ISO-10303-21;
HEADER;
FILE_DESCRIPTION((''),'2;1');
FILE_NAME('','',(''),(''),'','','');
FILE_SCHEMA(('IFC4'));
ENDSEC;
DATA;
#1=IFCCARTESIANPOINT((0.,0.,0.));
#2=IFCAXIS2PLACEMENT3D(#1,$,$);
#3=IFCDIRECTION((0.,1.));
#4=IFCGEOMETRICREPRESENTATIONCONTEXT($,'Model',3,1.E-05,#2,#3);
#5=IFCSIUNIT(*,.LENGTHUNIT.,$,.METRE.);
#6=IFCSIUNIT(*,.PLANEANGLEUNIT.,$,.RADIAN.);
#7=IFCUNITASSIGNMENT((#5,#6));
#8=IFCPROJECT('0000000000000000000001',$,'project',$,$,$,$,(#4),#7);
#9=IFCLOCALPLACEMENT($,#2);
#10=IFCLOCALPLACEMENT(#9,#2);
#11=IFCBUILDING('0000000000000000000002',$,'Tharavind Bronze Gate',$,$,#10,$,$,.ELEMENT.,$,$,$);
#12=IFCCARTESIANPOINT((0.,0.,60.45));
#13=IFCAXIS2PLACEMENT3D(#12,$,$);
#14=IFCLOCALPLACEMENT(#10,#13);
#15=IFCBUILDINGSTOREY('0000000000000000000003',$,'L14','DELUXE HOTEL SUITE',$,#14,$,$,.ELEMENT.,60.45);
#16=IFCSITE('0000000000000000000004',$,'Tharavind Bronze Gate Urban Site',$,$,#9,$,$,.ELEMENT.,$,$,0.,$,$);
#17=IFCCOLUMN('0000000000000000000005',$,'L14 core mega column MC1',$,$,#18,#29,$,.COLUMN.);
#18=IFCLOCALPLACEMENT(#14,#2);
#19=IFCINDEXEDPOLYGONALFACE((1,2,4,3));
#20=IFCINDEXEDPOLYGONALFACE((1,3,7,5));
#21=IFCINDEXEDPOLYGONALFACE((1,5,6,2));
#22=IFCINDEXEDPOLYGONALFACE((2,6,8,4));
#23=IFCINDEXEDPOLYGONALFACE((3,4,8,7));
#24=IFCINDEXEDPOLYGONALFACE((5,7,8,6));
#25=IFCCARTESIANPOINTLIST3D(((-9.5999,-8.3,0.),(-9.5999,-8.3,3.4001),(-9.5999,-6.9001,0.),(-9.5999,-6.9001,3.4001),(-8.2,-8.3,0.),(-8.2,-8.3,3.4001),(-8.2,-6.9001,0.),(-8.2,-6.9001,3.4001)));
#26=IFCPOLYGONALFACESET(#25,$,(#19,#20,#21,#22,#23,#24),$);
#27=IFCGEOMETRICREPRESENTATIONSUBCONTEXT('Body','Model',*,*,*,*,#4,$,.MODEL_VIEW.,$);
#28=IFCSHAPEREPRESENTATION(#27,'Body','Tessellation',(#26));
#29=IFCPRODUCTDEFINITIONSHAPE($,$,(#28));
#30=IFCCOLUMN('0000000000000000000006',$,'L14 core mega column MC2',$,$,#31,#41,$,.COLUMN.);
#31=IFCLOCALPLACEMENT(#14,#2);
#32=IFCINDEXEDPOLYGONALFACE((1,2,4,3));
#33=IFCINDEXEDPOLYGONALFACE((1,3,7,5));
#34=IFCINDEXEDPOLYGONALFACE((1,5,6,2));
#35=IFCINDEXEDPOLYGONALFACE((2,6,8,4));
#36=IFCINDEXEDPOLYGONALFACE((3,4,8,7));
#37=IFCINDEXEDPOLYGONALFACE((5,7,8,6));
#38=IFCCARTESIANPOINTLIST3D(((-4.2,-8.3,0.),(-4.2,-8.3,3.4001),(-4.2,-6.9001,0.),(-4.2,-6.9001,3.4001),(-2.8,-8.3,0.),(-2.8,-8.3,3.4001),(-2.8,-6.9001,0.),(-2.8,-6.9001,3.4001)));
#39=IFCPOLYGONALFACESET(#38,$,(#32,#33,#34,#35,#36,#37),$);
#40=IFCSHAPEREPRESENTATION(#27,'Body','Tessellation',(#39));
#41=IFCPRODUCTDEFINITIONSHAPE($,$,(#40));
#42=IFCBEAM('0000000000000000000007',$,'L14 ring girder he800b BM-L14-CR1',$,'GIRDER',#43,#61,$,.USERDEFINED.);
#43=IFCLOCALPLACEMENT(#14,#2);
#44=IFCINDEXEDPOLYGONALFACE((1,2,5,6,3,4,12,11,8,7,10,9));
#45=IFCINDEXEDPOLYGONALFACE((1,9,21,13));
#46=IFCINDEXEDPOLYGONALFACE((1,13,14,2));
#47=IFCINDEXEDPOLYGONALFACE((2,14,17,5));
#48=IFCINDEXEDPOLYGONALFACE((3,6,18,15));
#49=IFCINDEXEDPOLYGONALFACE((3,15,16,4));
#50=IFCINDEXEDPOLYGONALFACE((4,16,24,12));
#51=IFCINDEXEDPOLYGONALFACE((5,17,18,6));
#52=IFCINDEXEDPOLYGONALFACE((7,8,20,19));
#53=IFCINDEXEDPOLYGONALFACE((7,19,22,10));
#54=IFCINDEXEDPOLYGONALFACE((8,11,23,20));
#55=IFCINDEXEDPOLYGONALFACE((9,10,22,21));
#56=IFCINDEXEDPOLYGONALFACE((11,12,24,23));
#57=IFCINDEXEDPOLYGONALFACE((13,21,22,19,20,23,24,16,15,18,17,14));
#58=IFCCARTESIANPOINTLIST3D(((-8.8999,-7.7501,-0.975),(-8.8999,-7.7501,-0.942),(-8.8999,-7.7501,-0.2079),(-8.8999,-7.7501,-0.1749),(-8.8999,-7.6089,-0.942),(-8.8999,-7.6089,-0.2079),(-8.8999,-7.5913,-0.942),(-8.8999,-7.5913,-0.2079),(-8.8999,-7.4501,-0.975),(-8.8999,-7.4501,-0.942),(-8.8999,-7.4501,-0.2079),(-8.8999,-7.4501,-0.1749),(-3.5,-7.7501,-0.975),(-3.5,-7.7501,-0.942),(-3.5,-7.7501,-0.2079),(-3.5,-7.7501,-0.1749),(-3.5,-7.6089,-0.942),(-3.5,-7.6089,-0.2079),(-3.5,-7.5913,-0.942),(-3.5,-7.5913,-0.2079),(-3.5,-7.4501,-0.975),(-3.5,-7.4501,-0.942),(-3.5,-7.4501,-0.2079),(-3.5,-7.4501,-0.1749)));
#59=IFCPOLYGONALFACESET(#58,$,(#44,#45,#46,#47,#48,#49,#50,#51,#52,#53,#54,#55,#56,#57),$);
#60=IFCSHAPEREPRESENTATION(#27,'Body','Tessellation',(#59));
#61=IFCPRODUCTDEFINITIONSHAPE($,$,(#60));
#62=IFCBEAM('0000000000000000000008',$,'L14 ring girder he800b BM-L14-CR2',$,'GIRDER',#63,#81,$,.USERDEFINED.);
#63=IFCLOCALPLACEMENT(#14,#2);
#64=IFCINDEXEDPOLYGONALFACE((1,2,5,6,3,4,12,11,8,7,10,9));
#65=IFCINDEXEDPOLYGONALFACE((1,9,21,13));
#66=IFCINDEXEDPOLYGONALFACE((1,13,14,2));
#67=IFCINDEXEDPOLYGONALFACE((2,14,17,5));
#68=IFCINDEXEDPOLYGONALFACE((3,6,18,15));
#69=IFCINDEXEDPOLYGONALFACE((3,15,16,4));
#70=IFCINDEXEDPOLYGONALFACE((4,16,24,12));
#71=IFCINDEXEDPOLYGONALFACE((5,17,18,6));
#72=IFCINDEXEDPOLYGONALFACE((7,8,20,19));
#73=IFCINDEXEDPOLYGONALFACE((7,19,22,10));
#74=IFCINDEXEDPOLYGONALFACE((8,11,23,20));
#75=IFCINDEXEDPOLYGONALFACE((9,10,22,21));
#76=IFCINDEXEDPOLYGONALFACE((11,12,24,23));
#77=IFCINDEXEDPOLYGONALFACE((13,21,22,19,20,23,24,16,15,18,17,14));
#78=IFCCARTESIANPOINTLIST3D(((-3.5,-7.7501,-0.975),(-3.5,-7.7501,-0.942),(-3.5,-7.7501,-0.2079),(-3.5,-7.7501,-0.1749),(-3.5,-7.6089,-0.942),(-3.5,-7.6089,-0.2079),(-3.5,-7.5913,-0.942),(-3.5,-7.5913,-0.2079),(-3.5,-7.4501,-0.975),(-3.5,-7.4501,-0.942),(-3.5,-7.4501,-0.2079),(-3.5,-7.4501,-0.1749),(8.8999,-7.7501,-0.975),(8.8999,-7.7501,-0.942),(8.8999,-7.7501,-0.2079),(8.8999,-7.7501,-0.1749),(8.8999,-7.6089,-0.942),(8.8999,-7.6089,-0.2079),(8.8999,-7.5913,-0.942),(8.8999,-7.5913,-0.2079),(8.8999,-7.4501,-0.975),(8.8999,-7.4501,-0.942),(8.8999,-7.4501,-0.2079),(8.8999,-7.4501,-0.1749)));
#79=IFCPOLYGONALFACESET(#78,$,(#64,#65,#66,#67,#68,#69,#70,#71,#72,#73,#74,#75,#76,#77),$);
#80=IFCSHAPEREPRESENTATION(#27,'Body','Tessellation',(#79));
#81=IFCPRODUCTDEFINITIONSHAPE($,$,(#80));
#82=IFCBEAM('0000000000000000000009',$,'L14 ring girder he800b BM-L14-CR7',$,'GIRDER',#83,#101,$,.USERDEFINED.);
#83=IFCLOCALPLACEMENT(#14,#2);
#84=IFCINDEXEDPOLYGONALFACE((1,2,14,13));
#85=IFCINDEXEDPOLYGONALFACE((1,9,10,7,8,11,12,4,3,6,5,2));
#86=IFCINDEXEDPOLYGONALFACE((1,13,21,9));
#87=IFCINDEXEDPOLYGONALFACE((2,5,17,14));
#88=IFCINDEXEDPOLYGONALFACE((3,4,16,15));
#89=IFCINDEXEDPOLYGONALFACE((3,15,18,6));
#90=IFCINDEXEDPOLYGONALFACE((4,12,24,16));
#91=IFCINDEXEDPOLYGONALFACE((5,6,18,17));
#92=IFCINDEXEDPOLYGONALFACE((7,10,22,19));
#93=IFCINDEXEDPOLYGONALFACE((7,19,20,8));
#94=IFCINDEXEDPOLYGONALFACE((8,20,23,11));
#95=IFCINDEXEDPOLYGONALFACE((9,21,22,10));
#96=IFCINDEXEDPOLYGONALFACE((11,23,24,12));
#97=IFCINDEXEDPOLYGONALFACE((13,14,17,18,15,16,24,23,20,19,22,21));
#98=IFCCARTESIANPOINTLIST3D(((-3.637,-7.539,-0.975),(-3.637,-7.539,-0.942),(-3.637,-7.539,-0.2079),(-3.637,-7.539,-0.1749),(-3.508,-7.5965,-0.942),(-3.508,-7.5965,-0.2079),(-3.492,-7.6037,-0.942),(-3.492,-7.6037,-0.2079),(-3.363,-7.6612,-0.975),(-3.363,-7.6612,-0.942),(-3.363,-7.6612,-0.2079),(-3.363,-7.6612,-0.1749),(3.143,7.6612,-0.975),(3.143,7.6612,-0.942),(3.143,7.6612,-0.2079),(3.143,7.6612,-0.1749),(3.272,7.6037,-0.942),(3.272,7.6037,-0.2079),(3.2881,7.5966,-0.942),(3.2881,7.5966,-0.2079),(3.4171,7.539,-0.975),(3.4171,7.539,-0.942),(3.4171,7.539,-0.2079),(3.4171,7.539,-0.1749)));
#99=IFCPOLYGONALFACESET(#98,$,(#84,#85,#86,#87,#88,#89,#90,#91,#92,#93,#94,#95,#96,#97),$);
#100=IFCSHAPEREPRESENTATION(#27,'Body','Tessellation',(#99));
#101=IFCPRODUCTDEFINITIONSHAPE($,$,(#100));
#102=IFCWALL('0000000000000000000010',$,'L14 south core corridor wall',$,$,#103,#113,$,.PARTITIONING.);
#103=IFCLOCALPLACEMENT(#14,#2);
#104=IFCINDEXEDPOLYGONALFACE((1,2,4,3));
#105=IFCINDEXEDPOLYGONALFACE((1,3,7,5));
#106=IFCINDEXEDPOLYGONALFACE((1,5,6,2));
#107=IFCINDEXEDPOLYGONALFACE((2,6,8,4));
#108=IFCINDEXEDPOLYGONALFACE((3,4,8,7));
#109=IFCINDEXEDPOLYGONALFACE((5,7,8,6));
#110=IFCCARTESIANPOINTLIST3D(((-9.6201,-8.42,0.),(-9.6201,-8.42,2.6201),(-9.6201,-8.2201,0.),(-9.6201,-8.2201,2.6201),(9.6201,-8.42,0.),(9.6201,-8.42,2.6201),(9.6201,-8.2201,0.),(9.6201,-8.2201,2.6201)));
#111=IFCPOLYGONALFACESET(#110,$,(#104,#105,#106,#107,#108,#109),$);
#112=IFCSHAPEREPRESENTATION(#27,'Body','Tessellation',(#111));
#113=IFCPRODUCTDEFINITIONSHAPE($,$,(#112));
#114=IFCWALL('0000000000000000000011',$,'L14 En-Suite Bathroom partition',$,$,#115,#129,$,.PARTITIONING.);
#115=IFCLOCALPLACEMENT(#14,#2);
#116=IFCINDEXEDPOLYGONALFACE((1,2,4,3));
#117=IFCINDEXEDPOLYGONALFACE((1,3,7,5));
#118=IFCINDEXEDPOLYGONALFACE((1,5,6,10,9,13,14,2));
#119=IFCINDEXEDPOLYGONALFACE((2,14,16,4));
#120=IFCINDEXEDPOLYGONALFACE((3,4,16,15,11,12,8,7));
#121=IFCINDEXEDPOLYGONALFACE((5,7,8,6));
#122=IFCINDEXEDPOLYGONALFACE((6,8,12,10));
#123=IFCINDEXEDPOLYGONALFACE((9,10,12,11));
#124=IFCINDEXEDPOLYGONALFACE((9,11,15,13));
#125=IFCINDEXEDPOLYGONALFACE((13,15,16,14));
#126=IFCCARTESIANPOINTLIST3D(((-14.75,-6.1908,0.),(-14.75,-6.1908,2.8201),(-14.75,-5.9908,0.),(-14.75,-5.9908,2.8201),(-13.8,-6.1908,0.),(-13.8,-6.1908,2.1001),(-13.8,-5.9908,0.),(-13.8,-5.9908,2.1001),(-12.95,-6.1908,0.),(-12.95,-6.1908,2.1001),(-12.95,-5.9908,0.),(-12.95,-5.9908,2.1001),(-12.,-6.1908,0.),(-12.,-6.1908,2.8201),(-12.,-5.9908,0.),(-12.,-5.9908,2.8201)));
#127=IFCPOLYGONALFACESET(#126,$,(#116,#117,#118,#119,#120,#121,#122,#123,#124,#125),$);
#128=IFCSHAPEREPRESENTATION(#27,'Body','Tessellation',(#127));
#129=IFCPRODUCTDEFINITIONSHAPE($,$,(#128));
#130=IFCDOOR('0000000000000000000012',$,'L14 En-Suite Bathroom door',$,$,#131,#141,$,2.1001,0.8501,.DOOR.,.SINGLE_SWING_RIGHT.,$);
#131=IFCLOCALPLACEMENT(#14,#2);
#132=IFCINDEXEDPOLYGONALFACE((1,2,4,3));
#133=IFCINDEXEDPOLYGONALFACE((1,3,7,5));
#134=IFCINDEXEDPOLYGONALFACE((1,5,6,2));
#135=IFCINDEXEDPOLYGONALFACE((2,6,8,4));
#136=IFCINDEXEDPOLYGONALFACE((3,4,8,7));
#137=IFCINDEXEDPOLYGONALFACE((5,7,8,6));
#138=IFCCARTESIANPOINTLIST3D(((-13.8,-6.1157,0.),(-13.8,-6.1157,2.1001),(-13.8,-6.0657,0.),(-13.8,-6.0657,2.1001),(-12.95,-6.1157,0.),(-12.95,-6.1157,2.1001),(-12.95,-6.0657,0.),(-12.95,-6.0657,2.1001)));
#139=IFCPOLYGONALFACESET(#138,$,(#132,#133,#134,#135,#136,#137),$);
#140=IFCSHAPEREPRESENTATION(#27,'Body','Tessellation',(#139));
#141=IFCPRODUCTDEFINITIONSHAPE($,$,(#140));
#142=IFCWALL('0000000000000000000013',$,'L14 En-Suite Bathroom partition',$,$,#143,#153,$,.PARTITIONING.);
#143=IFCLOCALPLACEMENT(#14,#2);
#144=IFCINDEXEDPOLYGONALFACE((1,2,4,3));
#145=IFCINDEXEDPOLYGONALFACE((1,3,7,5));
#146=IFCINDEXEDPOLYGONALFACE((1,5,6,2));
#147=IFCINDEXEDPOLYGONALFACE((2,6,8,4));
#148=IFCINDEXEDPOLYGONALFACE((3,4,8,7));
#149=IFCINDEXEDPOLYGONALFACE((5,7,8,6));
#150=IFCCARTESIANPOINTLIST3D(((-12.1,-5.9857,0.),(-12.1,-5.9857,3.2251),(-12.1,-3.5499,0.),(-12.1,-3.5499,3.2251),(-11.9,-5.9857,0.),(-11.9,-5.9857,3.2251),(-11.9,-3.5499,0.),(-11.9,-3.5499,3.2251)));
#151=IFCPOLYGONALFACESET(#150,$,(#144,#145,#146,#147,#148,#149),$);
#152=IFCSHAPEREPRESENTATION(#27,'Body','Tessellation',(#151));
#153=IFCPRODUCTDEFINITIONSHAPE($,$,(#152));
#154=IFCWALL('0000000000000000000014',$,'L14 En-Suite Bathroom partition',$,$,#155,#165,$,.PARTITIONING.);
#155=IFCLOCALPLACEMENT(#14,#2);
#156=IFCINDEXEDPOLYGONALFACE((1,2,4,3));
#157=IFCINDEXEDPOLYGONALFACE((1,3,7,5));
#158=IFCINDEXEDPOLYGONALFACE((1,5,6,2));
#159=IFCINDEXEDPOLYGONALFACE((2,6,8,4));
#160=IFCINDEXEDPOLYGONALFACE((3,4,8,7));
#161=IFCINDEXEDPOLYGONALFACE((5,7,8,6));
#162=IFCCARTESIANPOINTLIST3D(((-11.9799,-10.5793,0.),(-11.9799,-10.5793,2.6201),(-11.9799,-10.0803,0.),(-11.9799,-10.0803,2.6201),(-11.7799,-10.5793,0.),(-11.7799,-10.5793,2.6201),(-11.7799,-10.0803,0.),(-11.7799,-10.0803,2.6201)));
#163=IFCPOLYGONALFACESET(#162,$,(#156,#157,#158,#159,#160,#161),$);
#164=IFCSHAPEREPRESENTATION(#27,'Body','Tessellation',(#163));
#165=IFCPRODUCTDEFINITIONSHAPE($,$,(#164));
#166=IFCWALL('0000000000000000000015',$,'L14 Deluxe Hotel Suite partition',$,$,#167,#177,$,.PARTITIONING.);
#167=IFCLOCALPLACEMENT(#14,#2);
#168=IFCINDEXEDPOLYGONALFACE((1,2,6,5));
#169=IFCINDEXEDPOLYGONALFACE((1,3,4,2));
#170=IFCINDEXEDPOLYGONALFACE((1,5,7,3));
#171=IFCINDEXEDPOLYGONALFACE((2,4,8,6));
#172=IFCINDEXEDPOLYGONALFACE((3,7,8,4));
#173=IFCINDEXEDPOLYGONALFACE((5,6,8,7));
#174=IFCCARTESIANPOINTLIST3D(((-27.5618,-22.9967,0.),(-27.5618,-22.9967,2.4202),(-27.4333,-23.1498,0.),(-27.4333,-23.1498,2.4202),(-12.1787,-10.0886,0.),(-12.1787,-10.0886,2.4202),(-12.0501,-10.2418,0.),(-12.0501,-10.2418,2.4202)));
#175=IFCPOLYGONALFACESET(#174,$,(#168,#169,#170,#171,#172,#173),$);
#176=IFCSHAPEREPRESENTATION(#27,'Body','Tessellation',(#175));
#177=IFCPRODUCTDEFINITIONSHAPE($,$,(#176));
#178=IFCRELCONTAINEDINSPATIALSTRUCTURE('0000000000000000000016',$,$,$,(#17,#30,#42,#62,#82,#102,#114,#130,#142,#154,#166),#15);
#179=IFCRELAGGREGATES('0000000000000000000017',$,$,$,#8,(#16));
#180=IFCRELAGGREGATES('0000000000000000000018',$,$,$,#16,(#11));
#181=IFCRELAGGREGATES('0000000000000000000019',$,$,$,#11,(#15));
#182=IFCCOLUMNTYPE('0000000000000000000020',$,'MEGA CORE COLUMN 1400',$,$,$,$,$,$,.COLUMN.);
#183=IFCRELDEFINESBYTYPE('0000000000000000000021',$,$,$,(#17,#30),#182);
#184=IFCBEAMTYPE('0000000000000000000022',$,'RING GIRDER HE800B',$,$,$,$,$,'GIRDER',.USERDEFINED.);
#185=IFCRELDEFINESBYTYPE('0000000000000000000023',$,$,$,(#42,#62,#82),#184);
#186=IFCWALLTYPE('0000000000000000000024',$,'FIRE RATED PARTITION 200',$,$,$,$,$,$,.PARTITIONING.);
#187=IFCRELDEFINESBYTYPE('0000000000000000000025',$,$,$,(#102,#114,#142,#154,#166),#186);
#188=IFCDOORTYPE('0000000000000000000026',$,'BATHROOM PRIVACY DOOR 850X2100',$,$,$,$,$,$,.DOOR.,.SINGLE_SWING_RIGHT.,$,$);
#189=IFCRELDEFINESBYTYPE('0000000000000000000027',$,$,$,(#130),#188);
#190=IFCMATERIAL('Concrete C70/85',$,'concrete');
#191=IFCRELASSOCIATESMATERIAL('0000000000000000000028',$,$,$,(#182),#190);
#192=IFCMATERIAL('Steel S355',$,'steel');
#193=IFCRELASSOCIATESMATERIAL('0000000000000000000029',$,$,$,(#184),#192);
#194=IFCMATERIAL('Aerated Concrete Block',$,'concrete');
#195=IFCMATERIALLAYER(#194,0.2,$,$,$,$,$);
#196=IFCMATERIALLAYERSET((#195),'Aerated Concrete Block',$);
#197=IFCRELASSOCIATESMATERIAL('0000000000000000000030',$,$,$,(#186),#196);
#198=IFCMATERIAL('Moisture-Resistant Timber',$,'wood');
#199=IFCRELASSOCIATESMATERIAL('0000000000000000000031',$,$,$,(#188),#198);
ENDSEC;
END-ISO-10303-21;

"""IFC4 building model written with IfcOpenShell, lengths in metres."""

from ifc_helpers import new_model, si_unit, direction, frame, frame_2d, origin, origin_2d, place, context, subcontext, project, spatial, rectangle, i_section, extrude, material, layer, layer_set, material_profile, profile_set, type_object, element, fill, save


model = new_model("IFC4")

# Units and contexts
model_context = context("Model", 3, precision=1e-05, world=origin(), true_north=direction((0.0, 1.0)))
body_context = subcontext(model_context, "Body", "Model", "MODEL_VIEW")
ifc_project = project(units=[si_unit("LENGTHUNIT", "METRE"), si_unit("PLANEANGLEUNIT", "RADIAN")], contexts=[model_context])

# Site, building, storey
site_placement = place(None, origin())
site = spatial("IfcSite", under=ifc_project, at=site_placement, Name="Tharavind Bronze Gate Urban Site", CompositionType="ELEMENT", RefElevation=0.0)
building_placement = place(site_placement, origin())
building = spatial("IfcBuilding", under=site, at=building_placement, Name="Tharavind Bronze Gate", CompositionType="ELEMENT")
storey_placement = place(building_placement, frame((0.0, 0.0, 60.45)))
storey = spatial("IfcBuildingStorey", under=building, at=storey_placement, Name="L14", Description="DELUXE HOTEL SUITE", CompositionType="ELEMENT", Elevation=60.45)

# Columns
ifc_material_1 = material(Name="Concrete C70/85", Category="concrete")
ifc_material_profile_1 = material_profile(ifc_material_1, rectangle(XDim=1.3999, YDim=1.3999, at=origin_2d()), Name="RCCOL1400")
ifc_profile_set_1 = profile_set([ifc_material_profile_1], Name="Concrete C70/85")
column_type = type_object("IfcColumnType", Name="MEGA CORE COLUMN 1400", PredefinedType="COLUMN", material=ifc_profile_set_1)
for number, where, z_axis, x_axis, name in (
    (1, (-8.8999, -7.6001, 0.0), (0.0, 0.0, 1.0), (1.0, 0.0, 0.0), "L14 core mega column MC1"),
    (2, (-3.5, -7.6001, 0.0), (0.0, 0.0, 1.0), (1.0, 0.0, 0.0), "L14 core mega column MC2"),
):
    element("IfcColumn", number, at=place(storey_placement, frame(where, z_axis=z_axis, x_axis=x_axis)), inside=storey, type_object=column_type, Name=name, PredefinedType="COLUMN", context=body_context, shape_type="SweptSolid", body=[
        extrude(rectangle(XDim=1.3999, YDim=1.3999, at=origin_2d()), origin(), (0.0, 0.0, 1.0), 3.4001),
    ])

# Beams
ifc_material_2 = material(Name="Steel S355", Category="steel")
ifc_material_profile_2 = material_profile(ifc_material_2, i_section(OverallWidth=0.3, OverallDepth=0.8, WebThickness=0.0176, FlangeThickness=0.033, at=origin_2d()), Name="HE800B")
ifc_profile_set_2 = profile_set([ifc_material_profile_2], Name="Steel S355")
beam_type = type_object("IfcBeamType", Name="RING GIRDER HE800B", ElementType="GIRDER", PredefinedType="USERDEFINED", material=ifc_profile_set_2)
beam_1_placement = place(storey_placement, frame((-8.8999, -7.6001, -0.575), z_axis=(1.0, 0.0, 0.0), x_axis=(0.0, 1.0, 0.0)))
element("IfcBeam", 3, at=beam_1_placement, inside=storey, type_object=beam_type, Name="L14 ring girder he800b BM-L14-CR1", ObjectType="GIRDER", PredefinedType="USERDEFINED", context=body_context, shape_type="SweptSolid", body=[
    extrude(i_section(OverallWidth=0.3, OverallDepth=0.8, WebThickness=0.0176, FlangeThickness=0.033, at=origin_2d()), origin(), (0.0, 0.0, 1.0), 5.3999),
])
beam_2_placement = place(storey_placement, frame((-3.5, -7.6001, -0.575), z_axis=(1.0, 0.0, 0.0), x_axis=(0.0, 1.0, 0.0)))
element("IfcBeam", 4, at=beam_2_placement, inside=storey, type_object=beam_type, Name="L14 ring girder he800b BM-L14-CR2", ObjectType="GIRDER", PredefinedType="USERDEFINED", context=body_context, shape_type="SweptSolid", body=[
    extrude(i_section(OverallWidth=0.3, OverallDepth=0.8, WebThickness=0.0176, FlangeThickness=0.033, at=origin_2d()), origin(), (0.0, 0.0, 1.0), 12.3999),
])
beam_3_placement = place(storey_placement, frame((-3.5, -7.6001, -0.575), z_axis=(0.407362, 0.913267, 0.0), x_axis=(-0.913267, 0.407362, 0.0)))
element("IfcBeam", 5, at=beam_3_placement, inside=storey, type_object=beam_type, Name="L14 ring girder he800b BM-L14-CR7", ObjectType="GIRDER", PredefinedType="USERDEFINED", context=body_context, shape_type="SweptSolid", body=[
    extrude(i_section(OverallWidth=0.3, OverallDepth=0.8, WebThickness=0.0176, FlangeThickness=0.033, at=origin_2d()), origin(), (0.0, 0.0, 1.0), 16.6438),
])

# Wall
ifc_material_3 = material(Name="Aerated Concrete Block", Category="concrete")
ifc_layer_1 = layer(ifc_material_3, 0.2)
ifc_layer_set_1 = layer_set([ifc_layer_1], Name="Aerated Concrete Block")
wall_type_1 = type_object("IfcWallType", Name="FIRE RATED PARTITION 200", PredefinedType="PARTITIONING", material=ifc_layer_set_1)
wall_1_placement = place(storey_placement, frame((-9.6201, -8.3201, 0.0), z_axis=(0.0, 0.0, 1.0), x_axis=(1.0, 0.0, 0.0)))
element("IfcWall", 6, at=wall_1_placement, inside=storey, type_object=wall_type_1, Name="L14 south core corridor wall", PredefinedType="PARTITIONING", context=body_context, shape_type="SweptSolid", body=[
    extrude(rectangle(XDim=19.2402, YDim=0.2, at=frame_2d((9.6201, 0.0))), origin(), (0.0, 0.0, 1.0), 2.6201),
])

# Wall, opening, door
wall_2_placement = place(storey_placement, frame((-12.0, -6.0908, 0.0), z_axis=(0.0, 0.0, 1.0), x_axis=(-1.0, 0.0, 0.0)))
wall_2 = element("IfcWall", 7, at=wall_2_placement, inside=storey, type_object=wall_type_1, Name="L14 En-Suite Bathroom partition", PredefinedType="PARTITIONING", context=body_context, shape_type="SweptSolid", body=[
    extrude(rectangle(XDim=2.75, YDim=0.2, at=frame_2d((1.375, 0.0))), origin(), (0.0, 0.0, 1.0), 2.8201),
])
opening_1_placement = place(wall_2_placement, frame((0.95, 0.0, 0.0)))
opening_1 = element("IfcOpeningElement", 8, at=opening_1_placement, cuts=wall_2, PredefinedType="OPENING", context=body_context, shape_type="SweptSolid", body=[
    extrude(rectangle(XDim=0.8501, YDim=2.1001, at=frame_2d((0.425, 1.05))), frame((0.0, 0.1101, 0.0), z_axis=(0.0, -1.0, 0.0), x_axis=(1.0, 0.0, 0.0)), (0.0, 0.0, 1.0), 0.22),
])
ifc_material_4 = material(Name="Moisture-Resistant Timber", Category="wood")
door_type_1 = type_object("IfcDoorType", Name="BATHROOM PRIVACY DOOR 850X2100", OperationType="SINGLE_SWING_RIGHT", PredefinedType="DOOR", material=ifc_material_4)
door_1_placement = place(opening_1_placement, origin())
door_1 = element("IfcDoor", 9, at=door_1_placement, inside=storey, type_object=door_type_1, Name="L14 En-Suite Bathroom door", OperationType="SINGLE_SWING_RIGHT", OverallHeight=2.1001, OverallWidth=0.8501, PredefinedType="DOOR", context=body_context, shape_type="SweptSolid", body=[
    extrude(rectangle(XDim=0.8501, YDim=2.1001, at=frame_2d((0.425, 1.05))), frame((0.0, 0.0249, 0.0), z_axis=(0.0, -1.0, 0.0), x_axis=(1.0, 0.0, 0.0)), (0.0, 0.0, 1.0), 0.05),
])
fill(opening_1, door_1)

# Walls
wall_3_placement = place(storey_placement, frame((-12.0, -3.55, 0.0), z_axis=(0.0, 0.0, 1.0), x_axis=(0.0, -1.0, 0.0)))
element("IfcWall", 10, at=wall_3_placement, inside=storey, type_object=wall_type_1, Name="L14 En-Suite Bathroom partition", PredefinedType="PARTITIONING", context=body_context, shape_type="SweptSolid", body=[
    extrude(rectangle(XDim=2.4358, YDim=0.2, at=frame_2d((1.2178, 0.0))), origin(), (0.0, 0.0, 1.0), 3.2251),
])
wall_4_placement = place(storey_placement, frame((-11.8799, -10.0803, 0.0), z_axis=(0.0, 0.0, 1.0), x_axis=(0.0, -1.0, 0.0)))
element("IfcWall", 11, at=wall_4_placement, inside=storey, type_object=wall_type_1, Name="L14 En-Suite Bathroom partition", PredefinedType="PARTITIONING", context=body_context, shape_type="SweptSolid", body=[
    extrude(rectangle(XDim=0.499, YDim=0.2, at=frame_2d((0.2495, 0.0))), origin(), (0.0, 0.0, 1.0), 2.6201),
])
wall_5_placement = place(storey_placement, frame((-12.1145, -10.1653, 0.0), z_axis=(0.0, 0.0, 1.0), x_axis=(-0.766043, -0.642789, 0.0)))
element("IfcWall", 12, at=wall_5_placement, inside=storey, type_object=wall_type_1, Name="L14 Deluxe Hotel Suite partition", PredefinedType="PARTITIONING", context=body_context, shape_type="SweptSolid", body=[
    extrude(rectangle(XDim=20.0813, YDim=0.2, at=frame_2d((10.0405, 0.0))), origin(), (0.0, 0.0, 1.0), 2.4202),
])

save(model, "model.ifc")
